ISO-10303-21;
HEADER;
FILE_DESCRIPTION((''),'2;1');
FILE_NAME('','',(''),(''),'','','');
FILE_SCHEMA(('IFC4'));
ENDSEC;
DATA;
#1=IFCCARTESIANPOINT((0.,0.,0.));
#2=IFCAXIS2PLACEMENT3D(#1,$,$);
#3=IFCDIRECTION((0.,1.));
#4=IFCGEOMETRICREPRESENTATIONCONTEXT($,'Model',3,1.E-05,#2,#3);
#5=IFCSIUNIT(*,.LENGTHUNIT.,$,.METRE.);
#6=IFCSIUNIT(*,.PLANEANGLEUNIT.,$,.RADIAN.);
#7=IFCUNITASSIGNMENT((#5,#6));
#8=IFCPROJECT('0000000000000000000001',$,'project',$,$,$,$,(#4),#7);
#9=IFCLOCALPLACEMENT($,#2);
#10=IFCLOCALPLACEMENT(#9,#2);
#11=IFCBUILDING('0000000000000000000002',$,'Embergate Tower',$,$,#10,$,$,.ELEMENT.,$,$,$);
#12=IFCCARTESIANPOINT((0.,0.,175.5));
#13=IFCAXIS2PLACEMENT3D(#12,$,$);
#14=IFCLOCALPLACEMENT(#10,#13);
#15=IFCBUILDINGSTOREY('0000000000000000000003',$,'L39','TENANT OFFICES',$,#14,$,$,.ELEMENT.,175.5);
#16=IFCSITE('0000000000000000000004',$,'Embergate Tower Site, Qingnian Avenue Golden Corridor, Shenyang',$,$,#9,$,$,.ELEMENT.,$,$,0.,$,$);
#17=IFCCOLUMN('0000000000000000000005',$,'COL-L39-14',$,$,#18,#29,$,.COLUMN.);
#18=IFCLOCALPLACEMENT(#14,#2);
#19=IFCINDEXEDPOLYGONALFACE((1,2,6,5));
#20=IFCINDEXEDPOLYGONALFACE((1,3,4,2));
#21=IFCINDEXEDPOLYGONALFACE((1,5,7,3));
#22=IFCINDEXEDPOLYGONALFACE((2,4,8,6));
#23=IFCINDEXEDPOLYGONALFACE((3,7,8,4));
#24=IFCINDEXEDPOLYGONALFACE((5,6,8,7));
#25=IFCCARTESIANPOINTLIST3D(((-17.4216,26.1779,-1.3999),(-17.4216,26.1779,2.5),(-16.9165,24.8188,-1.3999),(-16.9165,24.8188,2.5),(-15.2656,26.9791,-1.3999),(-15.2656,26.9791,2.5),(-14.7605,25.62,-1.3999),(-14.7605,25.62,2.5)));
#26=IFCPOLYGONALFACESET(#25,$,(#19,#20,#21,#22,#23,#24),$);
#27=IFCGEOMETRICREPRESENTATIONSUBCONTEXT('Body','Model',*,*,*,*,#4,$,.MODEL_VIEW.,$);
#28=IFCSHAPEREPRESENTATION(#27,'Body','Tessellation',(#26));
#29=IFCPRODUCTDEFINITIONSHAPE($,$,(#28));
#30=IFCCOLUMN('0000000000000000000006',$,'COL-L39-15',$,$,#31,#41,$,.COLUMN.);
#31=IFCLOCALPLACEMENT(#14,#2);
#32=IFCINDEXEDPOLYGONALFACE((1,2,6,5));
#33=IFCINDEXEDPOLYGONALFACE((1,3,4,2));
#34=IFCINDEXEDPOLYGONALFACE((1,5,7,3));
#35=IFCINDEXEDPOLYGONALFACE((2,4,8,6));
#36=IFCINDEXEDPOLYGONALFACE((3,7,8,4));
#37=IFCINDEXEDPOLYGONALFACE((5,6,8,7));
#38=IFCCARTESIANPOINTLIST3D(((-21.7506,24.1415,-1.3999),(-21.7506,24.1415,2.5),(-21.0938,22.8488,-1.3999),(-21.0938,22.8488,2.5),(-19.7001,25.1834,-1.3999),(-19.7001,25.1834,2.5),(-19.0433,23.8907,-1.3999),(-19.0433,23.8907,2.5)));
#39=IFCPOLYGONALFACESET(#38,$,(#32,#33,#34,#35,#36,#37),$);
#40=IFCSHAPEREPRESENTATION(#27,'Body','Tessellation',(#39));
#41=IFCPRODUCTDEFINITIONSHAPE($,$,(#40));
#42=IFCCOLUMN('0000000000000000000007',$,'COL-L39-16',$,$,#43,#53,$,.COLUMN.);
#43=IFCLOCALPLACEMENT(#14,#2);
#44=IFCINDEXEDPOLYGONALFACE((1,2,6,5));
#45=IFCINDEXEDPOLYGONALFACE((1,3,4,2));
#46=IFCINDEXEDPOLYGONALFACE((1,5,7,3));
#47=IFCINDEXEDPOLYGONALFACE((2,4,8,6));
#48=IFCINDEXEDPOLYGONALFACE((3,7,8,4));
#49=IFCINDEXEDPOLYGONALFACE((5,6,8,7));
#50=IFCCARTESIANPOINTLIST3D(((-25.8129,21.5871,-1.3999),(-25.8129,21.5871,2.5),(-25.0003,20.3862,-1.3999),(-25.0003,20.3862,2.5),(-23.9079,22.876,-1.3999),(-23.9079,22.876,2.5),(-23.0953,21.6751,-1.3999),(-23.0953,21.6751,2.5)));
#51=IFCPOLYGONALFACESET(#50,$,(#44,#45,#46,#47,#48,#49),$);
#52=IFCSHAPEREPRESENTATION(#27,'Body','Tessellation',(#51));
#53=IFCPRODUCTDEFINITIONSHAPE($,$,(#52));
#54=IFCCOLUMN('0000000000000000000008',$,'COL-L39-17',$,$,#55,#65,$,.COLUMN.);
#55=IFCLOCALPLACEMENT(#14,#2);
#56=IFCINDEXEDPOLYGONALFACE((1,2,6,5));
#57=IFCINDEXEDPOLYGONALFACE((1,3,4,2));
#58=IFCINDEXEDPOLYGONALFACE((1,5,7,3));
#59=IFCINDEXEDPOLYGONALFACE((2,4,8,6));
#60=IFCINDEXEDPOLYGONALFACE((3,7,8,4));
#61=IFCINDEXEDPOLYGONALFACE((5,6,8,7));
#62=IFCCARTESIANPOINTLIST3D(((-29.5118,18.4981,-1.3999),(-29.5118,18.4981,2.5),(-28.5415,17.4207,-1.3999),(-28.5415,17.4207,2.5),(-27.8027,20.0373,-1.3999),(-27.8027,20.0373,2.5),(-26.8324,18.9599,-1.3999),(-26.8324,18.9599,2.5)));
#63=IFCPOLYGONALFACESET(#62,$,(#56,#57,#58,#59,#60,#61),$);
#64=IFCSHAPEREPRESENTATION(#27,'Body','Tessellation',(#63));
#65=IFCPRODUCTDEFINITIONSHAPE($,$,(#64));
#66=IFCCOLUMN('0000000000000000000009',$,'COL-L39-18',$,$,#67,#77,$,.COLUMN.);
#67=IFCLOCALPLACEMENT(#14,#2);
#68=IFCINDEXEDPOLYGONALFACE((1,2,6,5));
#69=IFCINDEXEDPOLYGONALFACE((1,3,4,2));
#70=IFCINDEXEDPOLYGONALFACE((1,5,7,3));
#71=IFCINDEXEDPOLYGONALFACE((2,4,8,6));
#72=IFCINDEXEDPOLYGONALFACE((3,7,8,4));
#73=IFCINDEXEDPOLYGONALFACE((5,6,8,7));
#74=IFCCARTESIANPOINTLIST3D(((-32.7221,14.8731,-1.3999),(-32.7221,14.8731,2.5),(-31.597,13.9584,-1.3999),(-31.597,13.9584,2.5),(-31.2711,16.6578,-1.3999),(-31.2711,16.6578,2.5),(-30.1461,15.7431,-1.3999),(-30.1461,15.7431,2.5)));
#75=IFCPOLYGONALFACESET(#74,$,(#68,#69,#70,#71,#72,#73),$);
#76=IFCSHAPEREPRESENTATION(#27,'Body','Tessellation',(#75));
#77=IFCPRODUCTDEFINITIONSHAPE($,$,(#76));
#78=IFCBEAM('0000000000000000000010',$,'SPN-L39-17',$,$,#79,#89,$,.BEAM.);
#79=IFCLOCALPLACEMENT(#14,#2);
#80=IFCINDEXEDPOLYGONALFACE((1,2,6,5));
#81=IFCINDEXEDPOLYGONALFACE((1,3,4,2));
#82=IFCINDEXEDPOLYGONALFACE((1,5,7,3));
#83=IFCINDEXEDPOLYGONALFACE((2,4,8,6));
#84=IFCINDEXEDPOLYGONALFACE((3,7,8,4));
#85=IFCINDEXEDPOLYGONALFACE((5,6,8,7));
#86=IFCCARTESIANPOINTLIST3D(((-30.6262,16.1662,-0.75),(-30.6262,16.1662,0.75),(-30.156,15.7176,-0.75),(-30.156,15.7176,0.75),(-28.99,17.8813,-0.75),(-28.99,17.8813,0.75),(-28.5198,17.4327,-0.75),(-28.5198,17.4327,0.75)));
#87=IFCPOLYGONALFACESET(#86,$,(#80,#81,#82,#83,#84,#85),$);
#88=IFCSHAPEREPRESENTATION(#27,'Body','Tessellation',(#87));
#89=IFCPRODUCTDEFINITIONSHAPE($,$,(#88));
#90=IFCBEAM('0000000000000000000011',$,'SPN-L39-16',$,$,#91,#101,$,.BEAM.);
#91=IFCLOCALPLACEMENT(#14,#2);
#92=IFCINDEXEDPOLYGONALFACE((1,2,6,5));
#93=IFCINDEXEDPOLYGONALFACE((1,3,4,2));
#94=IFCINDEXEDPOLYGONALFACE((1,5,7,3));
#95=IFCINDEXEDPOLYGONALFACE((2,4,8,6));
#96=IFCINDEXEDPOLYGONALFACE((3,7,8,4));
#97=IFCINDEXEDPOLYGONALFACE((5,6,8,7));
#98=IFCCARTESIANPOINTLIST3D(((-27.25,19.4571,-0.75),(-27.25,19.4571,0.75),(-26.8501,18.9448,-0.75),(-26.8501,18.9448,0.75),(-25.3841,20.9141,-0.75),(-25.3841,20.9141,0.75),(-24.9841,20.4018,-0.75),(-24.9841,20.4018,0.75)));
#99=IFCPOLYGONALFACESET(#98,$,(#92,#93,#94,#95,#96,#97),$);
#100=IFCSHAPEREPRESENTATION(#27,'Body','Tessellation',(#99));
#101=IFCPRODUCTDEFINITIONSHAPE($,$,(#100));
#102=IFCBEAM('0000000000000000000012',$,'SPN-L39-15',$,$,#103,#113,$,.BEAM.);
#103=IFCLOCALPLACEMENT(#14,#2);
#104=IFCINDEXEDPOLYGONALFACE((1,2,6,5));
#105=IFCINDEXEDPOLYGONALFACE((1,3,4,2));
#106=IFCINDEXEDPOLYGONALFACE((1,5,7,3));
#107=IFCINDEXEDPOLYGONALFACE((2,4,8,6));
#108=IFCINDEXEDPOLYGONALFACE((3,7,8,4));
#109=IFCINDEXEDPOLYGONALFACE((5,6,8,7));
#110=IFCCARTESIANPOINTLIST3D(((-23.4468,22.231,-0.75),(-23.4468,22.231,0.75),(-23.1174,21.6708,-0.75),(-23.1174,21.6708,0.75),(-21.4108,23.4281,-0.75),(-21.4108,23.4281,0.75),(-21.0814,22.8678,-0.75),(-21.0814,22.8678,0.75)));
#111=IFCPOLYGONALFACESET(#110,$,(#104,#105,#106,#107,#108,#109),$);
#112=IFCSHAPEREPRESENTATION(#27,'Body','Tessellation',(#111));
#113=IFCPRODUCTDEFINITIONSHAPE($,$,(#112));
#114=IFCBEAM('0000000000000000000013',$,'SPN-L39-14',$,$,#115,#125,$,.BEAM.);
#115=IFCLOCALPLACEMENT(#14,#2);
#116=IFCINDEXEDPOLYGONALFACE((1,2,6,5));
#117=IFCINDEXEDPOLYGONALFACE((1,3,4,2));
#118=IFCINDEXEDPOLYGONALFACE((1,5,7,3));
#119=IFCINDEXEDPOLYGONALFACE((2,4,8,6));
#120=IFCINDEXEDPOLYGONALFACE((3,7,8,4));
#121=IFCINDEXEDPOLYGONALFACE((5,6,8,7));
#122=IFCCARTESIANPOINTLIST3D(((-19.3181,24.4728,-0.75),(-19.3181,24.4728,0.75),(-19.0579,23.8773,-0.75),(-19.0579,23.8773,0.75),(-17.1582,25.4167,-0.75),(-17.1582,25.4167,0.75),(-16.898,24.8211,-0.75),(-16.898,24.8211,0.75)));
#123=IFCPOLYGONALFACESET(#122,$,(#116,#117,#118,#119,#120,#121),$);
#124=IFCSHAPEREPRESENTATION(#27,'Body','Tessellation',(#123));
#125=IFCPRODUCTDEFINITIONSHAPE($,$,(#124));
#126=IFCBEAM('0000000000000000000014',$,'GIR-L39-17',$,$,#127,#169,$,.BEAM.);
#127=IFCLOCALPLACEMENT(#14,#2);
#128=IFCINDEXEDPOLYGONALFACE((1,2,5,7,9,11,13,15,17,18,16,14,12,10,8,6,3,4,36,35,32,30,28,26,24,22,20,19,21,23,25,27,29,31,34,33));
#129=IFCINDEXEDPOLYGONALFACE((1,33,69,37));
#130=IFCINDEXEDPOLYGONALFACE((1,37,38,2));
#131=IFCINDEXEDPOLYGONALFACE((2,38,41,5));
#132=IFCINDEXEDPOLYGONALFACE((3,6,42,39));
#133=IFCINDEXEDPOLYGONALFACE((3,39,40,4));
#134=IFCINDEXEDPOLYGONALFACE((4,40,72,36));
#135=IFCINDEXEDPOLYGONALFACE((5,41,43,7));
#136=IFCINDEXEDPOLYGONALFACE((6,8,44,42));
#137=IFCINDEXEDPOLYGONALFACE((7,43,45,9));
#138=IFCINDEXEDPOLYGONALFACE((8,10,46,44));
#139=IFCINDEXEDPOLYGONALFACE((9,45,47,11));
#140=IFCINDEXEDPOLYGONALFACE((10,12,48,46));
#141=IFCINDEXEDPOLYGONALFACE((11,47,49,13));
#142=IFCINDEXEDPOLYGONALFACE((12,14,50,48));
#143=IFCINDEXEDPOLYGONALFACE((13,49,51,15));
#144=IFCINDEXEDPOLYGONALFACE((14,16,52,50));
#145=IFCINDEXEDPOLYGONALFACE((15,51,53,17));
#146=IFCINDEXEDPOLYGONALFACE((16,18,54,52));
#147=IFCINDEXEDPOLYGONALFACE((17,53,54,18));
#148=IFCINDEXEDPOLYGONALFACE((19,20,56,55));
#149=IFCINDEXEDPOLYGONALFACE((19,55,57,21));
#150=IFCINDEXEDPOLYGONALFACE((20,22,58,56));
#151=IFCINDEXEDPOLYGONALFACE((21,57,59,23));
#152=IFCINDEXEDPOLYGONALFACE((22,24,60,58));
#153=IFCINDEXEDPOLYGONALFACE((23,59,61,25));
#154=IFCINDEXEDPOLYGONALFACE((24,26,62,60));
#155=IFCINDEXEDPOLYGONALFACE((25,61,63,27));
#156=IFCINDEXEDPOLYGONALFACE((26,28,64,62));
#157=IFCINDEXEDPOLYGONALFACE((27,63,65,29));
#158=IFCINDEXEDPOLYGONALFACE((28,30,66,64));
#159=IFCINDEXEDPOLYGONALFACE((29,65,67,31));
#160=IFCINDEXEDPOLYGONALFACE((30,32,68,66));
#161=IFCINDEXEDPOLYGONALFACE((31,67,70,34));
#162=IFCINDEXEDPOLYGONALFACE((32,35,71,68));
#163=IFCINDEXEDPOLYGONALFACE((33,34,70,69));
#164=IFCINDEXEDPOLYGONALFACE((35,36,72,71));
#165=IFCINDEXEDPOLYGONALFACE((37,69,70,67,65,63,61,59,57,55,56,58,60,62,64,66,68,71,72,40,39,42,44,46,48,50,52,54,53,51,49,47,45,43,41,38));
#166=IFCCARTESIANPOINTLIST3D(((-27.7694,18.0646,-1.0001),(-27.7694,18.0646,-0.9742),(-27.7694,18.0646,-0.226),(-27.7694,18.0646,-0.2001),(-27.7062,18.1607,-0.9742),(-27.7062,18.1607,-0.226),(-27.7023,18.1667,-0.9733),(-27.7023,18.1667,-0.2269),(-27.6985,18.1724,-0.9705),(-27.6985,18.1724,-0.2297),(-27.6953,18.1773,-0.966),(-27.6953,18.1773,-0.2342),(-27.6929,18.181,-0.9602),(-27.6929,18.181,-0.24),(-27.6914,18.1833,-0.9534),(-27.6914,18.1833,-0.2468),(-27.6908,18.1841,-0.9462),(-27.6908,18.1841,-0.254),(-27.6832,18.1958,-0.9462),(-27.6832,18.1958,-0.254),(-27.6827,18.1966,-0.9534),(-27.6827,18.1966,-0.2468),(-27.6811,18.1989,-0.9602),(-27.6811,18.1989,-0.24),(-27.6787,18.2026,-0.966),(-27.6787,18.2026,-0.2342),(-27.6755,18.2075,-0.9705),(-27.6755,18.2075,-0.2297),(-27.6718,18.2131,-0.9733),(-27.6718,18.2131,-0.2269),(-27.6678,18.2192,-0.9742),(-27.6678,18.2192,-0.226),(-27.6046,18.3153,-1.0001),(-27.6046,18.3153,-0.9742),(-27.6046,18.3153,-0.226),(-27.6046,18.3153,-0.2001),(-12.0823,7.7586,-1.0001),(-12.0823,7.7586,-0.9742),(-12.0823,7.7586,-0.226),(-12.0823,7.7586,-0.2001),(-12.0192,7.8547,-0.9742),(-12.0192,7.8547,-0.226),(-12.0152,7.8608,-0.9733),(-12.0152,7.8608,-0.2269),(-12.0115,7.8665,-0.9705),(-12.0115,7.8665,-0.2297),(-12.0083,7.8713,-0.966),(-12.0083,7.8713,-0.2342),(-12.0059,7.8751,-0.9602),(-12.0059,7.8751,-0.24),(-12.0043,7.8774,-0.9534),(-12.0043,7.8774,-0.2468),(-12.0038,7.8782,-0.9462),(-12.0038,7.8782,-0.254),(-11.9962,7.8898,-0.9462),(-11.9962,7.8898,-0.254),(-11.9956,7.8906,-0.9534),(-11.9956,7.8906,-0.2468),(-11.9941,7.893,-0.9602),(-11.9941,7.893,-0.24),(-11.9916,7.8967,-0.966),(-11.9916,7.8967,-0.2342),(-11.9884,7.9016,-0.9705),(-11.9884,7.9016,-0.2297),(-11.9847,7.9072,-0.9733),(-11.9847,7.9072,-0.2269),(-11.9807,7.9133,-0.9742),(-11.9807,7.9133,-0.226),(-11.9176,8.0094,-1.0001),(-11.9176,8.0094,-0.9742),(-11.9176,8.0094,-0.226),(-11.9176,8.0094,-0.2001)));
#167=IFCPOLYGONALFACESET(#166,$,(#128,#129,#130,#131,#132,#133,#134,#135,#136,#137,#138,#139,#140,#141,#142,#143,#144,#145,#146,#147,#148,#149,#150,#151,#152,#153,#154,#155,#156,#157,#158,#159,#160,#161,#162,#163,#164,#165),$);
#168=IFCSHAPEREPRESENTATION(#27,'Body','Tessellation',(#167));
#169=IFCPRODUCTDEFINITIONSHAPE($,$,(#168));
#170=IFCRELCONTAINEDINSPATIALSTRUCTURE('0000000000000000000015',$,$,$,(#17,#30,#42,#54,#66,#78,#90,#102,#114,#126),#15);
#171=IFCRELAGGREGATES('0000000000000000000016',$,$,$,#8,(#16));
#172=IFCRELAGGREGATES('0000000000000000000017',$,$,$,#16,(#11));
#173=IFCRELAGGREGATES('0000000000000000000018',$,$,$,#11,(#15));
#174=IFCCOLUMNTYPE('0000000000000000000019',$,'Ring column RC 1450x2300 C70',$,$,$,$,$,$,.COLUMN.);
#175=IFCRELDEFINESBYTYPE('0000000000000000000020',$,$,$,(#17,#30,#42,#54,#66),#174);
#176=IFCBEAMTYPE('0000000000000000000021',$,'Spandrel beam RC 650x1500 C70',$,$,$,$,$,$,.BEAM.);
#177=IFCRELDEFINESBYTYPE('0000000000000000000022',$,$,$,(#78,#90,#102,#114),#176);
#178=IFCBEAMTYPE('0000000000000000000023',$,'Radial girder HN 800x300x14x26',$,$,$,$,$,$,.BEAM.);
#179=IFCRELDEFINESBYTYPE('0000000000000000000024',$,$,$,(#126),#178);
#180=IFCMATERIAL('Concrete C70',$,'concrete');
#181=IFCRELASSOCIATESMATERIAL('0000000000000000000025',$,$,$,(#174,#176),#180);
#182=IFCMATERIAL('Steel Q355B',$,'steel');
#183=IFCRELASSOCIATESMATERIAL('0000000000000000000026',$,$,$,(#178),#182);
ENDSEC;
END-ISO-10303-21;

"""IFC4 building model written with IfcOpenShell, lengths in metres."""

from ifc_helpers import new_model, si_unit, direction, frame, origin, origin_2d, place, context, subcontext, project, spatial, rectangle, i_section, extrude, source, transform, mapped, material, material_profile, profile_set, type_object, element, save


model = new_model("IFC4")

# Units and contexts
model_context = context("Model", 3, precision=1e-05, world=origin(), true_north=direction((0.0, 1.0)))
body_context = subcontext(model_context, "Body", "Model", "MODEL_VIEW")
ifc_project = project(units=[si_unit("LENGTHUNIT", "METRE"), si_unit("PLANEANGLEUNIT", "RADIAN")], contexts=[model_context])

# Site, building, storey
site_placement = place(None, origin())
site = spatial("IfcSite", under=ifc_project, at=site_placement, Name="Embergate Tower Site, Qingnian Avenue Golden Corridor, Shenyang", CompositionType="ELEMENT", RefElevation=0.0)
building_placement = place(site_placement, origin())
building = spatial("IfcBuilding", under=site, at=building_placement, Name="Embergate Tower", CompositionType="ELEMENT")
storey_placement = place(building_placement, frame((0.0, 0.0, 175.5)))
storey = spatial("IfcBuildingStorey", under=building, at=storey_placement, Name="L39", Description="TENANT OFFICES", CompositionType="ELEMENT", Elevation=175.5)

# Columns
ifc_material_1 = material(Name="Concrete C70", Category="concrete")
ifc_material_profile_1 = material_profile(ifc_material_1, rectangle(XDim=1.45, YDim=2.3, at=origin_2d()), Name="RC 1450x2300")
ifc_profile_set_1 = profile_set([ifc_material_profile_1], Name="Concrete C70")
column_type = type_object("IfcColumnType", Name="Ring column RC 1450x2300 C70", PredefinedType="COLUMN", material=ifc_profile_set_1)
shared_shape_1 = source(origin(), body_context, "Body", "SweptSolid", [
    extrude(rectangle(XDim=1.45, YDim=2.3, at=origin_2d()), origin(), (0.0, 0.0, 1.0), 3.8999),
])
for number, where, z_axis, x_axis, name in (
    (1, (-16.0911, 25.8989, -1.3999), (0.0, 0.0, 1.0), (-0.348343, 0.937367, 0.0), "COL-L39-14"),
    (2, (-20.397, 24.0161, -1.3999), (0.0, 0.0, 1.0), (-0.452995, 0.891513, 0.0), "COL-L39-15"),
    (3, (-24.4541, 21.6311, -1.3999), (0.0, 0.0, 1.0), (-0.560393, 0.828227, 0.0), "COL-L39-16"),
    (4, (-28.1721, 18.729, -1.3999), (0.0, 0.0, 1.0), (-0.669208, 0.743075, 0.0), "COL-L39-17"),
    (5, (-31.4341, 15.3081, -1.3999), (0.0, 0.0, 1.0), (-0.775914, 0.630838, 0.0), "COL-L39-18"),
):
    element("IfcColumn", number, at=place(storey_placement, frame(where, z_axis=z_axis, x_axis=x_axis)), inside=storey, type_object=column_type, Name=name, PredefinedType="COLUMN", context=body_context, shape_type="MappedRepresentation", body=[
        mapped(shared_shape_1, transform((0.0, 0.0, 0.0))),
    ])

# Beams
ifc_material_profile_2 = material_profile(ifc_material_1, rectangle(XDim=0.6499, YDim=1.5, at=origin_2d()), Name="RC 650x1500")
ifc_profile_set_2 = profile_set([ifc_material_profile_2], Name="Concrete C70")
beam_type_1 = type_object("IfcBeamType", Name="Spandrel beam RC 650x1500 C70", PredefinedType="BEAM", material=ifc_profile_set_2)
shared_shape_2 = source(origin(), body_context, "Body", "SweptSolid", [
    extrude(rectangle(XDim=0.6499, YDim=1.5, at=origin_2d()), origin(), (0.0, 0.0, 1.0), 2.3704),
])
beam_1_placement = place(storey_placement, frame((-28.7549, 17.657, 0.0), z_axis=(-0.690277, -0.723545, 0.0), x_axis=(0.723545, -0.690277, 0.0)))
element("IfcBeam", 6, at=beam_1_placement, inside=storey, type_object=beam_type_1, Name="SPN-L39-17", PredefinedType="BEAM", context=body_context, shape_type="MappedRepresentation", body=[
    mapped(shared_shape_2, transform((0.0, 0.0, 0.0))),
])
shared_shape_3 = source(origin(), body_context, "Body", "SweptSolid", [
    extrude(rectangle(XDim=0.6499, YDim=1.5, at=origin_2d()), origin(), (0.0, 0.0, 1.0), 2.3674),
])
beam_2_placement = place(storey_placement, frame((-25.1841, 20.658, 0.0), z_axis=(-0.788179, -0.615446, 0.0), x_axis=(0.615446, -0.788179, 0.0)))
element("IfcBeam", 7, at=beam_2_placement, inside=storey, type_object=beam_type_1, Name="SPN-L39-16", PredefinedType="BEAM", context=body_context, shape_type="MappedRepresentation", body=[
    mapped(shared_shape_3, transform((0.0, 0.0, 0.0))),
])
shared_shape_4 = source(origin(), body_context, "Body", "SweptSolid", [
    extrude(rectangle(XDim=0.6499, YDim=1.5, at=origin_2d()), origin(), (0.0, 0.0, 1.0), 2.3618),
])
beam_3_placement = place(storey_placement, frame((-21.2461, 23.1479, 0.0), z_axis=(-0.862038, -0.506844, 0.0), x_axis=(0.506844, -0.862038, 0.0)))
element("IfcBeam", 8, at=beam_3_placement, inside=storey, type_object=beam_type_1, Name="SPN-L39-15", PredefinedType="BEAM", context=body_context, shape_type="MappedRepresentation", body=[
    mapped(shared_shape_4, transform((0.0, 0.0, 0.0))),
])
shared_shape_5 = source(origin(), body_context, "Body", "SweptSolid", [
    extrude(rectangle(XDim=0.6499, YDim=1.5, at=origin_2d()), origin(), (0.0, 0.0, 1.0), 2.3572),
])
beam_4_placement = place(storey_placement, frame((-17.0281, 25.1189, 0.0), z_axis=(-0.916331, -0.400422, 0.0), x_axis=(0.400422, -0.916331, 0.0)))
element("IfcBeam", 9, at=beam_4_placement, inside=storey, type_object=beam_type_1, Name="SPN-L39-14", PredefinedType="BEAM", context=body_context, shape_type="MappedRepresentation", body=[
    mapped(shared_shape_5, transform((0.0, 0.0, 0.0))),
])
ifc_material_2 = material(Name="Steel Q355B", Category="steel")
ifc_material_profile_3 = material_profile(ifc_material_2, i_section(OverallWidth=0.3, OverallDepth=0.8, WebThickness=0.0139, FlangeThickness=0.0259, FilletRadius=0.0281, at=origin_2d()), Name="HN 800x300x14x26")
ifc_profile_set_3 = profile_set([ifc_material_profile_3], Name="Steel Q355 grade B")
beam_type_2 = type_object("IfcBeamType", Name="Radial girder HN 800x300x14x26", PredefinedType="BEAM", material=ifc_profile_set_3)
shared_shape_6 = source(origin(), body_context, "Body", "SweptSolid", [
    extrude(i_section(OverallWidth=0.3, OverallDepth=0.8, WebThickness=0.0139, FlangeThickness=0.0259, FilletRadius=0.0281, at=origin_2d()), origin(), (0.0, 0.0, 1.0), 18.7695),
])
beam_5_placement = place(storey_placement, frame((-27.687, 18.1899, -0.6001), z_axis=(0.835771, -0.549077, 0.0), x_axis=(0.549077, 0.835771, 0.0)))
element("IfcBeam", 10, at=beam_5_placement, inside=storey, type_object=beam_type_2, Name="GIR-L39-17", PredefinedType="BEAM", context=body_context, shape_type="MappedRepresentation", body=[
    mapped(shared_shape_6, transform((0.0, 0.0, 0.0))),
])

save(model, "model.ifc")
